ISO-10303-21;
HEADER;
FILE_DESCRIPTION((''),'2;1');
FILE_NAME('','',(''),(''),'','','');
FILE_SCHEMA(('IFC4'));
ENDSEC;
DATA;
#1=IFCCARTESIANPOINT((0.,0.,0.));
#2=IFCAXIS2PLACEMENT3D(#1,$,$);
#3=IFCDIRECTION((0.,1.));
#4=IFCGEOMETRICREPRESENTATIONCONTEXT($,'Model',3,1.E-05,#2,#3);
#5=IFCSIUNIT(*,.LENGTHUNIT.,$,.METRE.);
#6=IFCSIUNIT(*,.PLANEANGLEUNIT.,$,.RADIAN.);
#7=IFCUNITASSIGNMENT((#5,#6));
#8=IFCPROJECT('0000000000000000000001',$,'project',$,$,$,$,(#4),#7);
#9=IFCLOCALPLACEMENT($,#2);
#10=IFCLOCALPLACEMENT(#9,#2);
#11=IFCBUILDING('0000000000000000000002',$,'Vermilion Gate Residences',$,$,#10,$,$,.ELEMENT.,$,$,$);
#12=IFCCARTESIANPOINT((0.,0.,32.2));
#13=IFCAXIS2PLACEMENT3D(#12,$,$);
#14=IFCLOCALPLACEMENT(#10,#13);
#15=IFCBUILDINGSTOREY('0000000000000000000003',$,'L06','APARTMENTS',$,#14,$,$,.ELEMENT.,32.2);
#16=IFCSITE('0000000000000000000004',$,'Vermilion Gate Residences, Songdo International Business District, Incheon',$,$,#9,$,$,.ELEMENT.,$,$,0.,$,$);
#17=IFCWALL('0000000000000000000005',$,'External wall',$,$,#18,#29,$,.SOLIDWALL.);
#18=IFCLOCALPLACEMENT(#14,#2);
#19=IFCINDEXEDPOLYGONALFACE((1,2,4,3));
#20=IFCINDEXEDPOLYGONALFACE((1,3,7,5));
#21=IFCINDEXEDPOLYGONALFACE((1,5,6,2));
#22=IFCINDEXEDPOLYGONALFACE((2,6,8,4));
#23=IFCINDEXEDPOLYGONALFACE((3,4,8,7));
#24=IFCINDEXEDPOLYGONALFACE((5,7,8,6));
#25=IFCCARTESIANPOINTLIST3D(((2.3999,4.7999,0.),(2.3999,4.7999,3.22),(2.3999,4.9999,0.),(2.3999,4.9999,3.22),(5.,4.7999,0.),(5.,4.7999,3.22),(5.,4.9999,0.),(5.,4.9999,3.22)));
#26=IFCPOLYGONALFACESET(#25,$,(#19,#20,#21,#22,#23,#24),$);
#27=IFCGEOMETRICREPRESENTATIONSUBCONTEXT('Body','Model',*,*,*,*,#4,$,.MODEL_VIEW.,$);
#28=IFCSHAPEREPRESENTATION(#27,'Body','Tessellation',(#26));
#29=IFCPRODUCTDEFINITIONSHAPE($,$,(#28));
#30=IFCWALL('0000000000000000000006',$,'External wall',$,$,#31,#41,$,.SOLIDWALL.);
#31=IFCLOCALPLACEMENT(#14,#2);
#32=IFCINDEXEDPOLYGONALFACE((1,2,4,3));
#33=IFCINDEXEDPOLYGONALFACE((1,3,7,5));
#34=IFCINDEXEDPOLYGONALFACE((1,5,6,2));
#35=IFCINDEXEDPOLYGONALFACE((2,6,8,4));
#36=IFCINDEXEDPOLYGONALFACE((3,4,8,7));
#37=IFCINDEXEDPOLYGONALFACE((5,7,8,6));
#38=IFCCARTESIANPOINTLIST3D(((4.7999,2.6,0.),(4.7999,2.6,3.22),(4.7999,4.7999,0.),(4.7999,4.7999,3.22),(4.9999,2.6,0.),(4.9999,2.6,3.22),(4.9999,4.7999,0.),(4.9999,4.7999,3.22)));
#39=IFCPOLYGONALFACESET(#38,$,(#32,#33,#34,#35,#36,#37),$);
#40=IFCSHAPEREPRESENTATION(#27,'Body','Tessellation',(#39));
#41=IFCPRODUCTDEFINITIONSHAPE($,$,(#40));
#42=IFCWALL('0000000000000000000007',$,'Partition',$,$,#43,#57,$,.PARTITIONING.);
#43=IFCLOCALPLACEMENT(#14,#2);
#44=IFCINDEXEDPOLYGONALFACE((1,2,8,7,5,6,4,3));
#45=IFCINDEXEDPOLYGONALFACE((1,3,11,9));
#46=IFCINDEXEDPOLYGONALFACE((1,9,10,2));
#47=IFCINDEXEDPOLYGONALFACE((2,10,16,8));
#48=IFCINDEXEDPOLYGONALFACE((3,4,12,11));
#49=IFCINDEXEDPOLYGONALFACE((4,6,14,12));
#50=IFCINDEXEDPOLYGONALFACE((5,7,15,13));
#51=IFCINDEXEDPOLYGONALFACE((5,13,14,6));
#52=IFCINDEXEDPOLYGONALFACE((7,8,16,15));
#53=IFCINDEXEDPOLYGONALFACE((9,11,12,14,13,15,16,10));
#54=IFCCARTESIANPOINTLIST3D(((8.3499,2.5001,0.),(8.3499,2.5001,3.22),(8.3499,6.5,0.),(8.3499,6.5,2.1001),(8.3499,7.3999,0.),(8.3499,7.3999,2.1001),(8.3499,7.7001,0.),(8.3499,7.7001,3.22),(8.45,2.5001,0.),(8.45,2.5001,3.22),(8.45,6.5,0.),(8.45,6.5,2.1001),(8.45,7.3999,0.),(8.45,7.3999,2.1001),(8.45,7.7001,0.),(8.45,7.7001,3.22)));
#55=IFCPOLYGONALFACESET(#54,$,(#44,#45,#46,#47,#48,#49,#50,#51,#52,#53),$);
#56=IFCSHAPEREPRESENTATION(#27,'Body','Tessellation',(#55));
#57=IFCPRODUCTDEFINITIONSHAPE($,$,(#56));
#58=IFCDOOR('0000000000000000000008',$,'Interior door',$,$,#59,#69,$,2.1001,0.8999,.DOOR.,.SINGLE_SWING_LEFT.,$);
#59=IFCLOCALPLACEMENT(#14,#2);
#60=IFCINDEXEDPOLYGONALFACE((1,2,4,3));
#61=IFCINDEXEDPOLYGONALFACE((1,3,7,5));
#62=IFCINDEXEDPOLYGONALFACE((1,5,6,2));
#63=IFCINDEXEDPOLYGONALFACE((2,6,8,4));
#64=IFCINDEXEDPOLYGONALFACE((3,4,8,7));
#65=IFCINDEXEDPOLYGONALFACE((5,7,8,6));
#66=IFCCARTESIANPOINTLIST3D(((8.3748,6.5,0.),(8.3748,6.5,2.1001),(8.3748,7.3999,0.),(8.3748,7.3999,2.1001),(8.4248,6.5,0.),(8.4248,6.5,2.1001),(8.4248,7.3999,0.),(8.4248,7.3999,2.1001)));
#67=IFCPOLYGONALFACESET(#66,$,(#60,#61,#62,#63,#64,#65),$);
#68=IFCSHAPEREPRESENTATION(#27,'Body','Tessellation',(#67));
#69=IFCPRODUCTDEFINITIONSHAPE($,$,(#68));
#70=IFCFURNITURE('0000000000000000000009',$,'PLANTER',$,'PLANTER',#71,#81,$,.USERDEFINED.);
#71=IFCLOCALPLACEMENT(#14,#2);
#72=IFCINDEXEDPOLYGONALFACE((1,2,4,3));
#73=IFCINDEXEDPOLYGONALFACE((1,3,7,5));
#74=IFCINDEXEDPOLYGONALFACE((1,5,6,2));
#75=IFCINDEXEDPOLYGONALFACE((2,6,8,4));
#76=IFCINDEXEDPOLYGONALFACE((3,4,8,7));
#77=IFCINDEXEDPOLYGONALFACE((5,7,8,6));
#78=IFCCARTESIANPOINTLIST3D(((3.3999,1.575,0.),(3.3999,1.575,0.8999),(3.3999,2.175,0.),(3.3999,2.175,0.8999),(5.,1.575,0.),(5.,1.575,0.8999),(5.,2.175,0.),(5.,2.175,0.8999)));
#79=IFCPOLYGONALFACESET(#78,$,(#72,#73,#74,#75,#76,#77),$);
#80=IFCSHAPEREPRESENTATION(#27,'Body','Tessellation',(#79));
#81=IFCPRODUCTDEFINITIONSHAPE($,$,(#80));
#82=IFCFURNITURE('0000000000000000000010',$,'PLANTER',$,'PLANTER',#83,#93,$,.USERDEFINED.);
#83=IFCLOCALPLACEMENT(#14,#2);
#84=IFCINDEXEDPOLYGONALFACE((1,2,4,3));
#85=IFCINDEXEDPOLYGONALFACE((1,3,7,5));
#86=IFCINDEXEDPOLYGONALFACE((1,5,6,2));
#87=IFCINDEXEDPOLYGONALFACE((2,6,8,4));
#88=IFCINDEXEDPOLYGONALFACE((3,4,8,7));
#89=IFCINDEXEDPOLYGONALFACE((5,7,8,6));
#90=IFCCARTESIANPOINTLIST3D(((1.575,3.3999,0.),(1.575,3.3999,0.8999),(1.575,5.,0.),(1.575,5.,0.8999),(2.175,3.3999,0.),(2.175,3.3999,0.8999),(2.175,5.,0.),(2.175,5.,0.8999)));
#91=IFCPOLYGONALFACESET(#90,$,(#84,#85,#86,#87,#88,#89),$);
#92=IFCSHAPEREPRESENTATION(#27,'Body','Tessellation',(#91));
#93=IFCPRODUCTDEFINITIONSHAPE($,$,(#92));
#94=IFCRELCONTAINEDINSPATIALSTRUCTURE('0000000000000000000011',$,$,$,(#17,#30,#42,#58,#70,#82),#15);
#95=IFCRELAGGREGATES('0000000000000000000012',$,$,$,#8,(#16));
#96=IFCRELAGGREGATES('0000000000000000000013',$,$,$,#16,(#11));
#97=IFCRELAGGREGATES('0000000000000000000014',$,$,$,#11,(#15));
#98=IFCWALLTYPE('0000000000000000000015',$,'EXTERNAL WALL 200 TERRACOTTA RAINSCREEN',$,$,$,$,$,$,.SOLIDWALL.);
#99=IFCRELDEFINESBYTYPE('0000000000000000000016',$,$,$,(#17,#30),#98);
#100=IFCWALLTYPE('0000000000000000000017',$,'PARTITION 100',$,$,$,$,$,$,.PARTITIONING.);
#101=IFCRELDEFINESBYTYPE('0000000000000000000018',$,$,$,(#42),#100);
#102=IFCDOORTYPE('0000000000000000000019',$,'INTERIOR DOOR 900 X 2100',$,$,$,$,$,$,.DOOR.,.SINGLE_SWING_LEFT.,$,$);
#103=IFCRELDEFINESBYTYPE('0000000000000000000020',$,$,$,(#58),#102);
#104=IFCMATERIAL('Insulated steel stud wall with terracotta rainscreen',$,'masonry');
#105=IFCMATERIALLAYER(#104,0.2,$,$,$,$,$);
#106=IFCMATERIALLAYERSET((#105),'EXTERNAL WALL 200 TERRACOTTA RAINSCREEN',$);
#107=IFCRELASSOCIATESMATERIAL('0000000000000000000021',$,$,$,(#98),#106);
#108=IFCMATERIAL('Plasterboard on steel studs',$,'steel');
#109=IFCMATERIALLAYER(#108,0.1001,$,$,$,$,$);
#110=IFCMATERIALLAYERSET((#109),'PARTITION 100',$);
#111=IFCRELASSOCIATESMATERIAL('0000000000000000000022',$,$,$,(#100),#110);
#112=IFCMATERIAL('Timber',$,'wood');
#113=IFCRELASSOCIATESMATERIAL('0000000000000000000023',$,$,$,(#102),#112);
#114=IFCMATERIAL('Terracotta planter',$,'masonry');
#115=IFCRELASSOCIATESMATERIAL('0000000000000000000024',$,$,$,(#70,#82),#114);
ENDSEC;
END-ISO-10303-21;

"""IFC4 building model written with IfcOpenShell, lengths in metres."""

from ifc_helpers import new_model, si_unit, direction, frame, frame_2d, origin, origin_2d, place, context, subcontext, project, spatial, rectangle, extrude, material, layer, layer_set, type_object, element, fill, save


model = new_model("IFC4")

# Units and contexts
model_context = context("Model", 3, precision=1e-05, world=origin(), true_north=direction((0.0, 1.0)))
body_context = subcontext(model_context, "Body", "Model", "MODEL_VIEW")
ifc_project = project(units=[si_unit("LENGTHUNIT", "METRE"), si_unit("PLANEANGLEUNIT", "RADIAN")], contexts=[model_context])

# Site, building, storey
site_placement = place(None, origin())
site = spatial("IfcSite", under=ifc_project, at=site_placement, Name="Vermilion Gate Residences, Songdo International Business District, Incheon", CompositionType="ELEMENT", RefElevation=0.0)
building_placement = place(site_placement, origin())
building = spatial("IfcBuilding", under=site, at=building_placement, Name="Vermilion Gate Residences", CompositionType="ELEMENT")
storey_placement = place(building_placement, frame((0.0, 0.0, 32.2)))
storey = spatial("IfcBuildingStorey", under=building, at=storey_placement, Name="L06", Description="APARTMENTS", CompositionType="ELEMENT", Elevation=32.2)

# Walls
ifc_material_1 = material(Name="Insulated steel stud wall with terracotta rainscreen", Category="masonry")
ifc_layer_1 = layer(ifc_material_1, 0.2)
ifc_layer_set_1 = layer_set([ifc_layer_1], Name="EXTERNAL WALL 200 TERRACOTTA RAINSCREEN")
wall_type_1 = type_object("IfcWallType", Name="EXTERNAL WALL 200 TERRACOTTA RAINSCREEN", PredefinedType="SOLIDWALL", material=ifc_layer_set_1)
wall_1_placement = place(storey_placement, frame((2.3999, 4.8999, 0.0), z_axis=(0.0, 0.0, 1.0), x_axis=(1.0, 0.0, 0.0)))
element("IfcWall", 1, at=wall_1_placement, inside=storey, type_object=wall_type_1, Name="External wall", PredefinedType="SOLIDWALL", context=body_context, shape_type="SweptSolid", body=[
    extrude(rectangle(XDim=2.6001, YDim=0.2, at=frame_2d((1.3, 0.0))), origin(), (0.0, 0.0, 1.0), 3.22),
])
wall_2_placement = place(storey_placement, frame((4.8999, 4.8, 0.0), z_axis=(0.0, 0.0, 1.0), x_axis=(0.0, -1.0, 0.0)))
element("IfcWall", 2, at=wall_2_placement, inside=storey, type_object=wall_type_1, Name="External wall", PredefinedType="SOLIDWALL", context=body_context, shape_type="SweptSolid", body=[
    extrude(rectangle(XDim=2.2, YDim=0.2, at=frame_2d((1.1001, 0.0))), origin(), (0.0, 0.0, 1.0), 3.22),
])

# Wall, opening, door
ifc_material_2 = material(Name="Plasterboard on steel studs", Category="steel")
ifc_layer_2 = layer(ifc_material_2, 0.1001)
ifc_layer_set_2 = layer_set([ifc_layer_2], Name="PARTITION 100")
wall_type_2 = type_object("IfcWallType", Name="PARTITION 100", PredefinedType="PARTITIONING", material=ifc_layer_set_2)
wall_3_placement = place(storey_placement, frame((8.3999, 2.5, 0.0), z_axis=(0.0, 0.0, 1.0), x_axis=(0.0, 1.0, 0.0)))
wall_3 = element("IfcWall", 3, at=wall_3_placement, inside=storey, type_object=wall_type_2, Name="Partition", PredefinedType="PARTITIONING", context=body_context, shape_type="SweptSolid", body=[
    extrude(rectangle(XDim=5.2, YDim=0.1001, at=frame_2d((2.6001, 0.0))), origin(), (0.0, 0.0, 1.0), 3.22),
])
opening_1_placement = place(wall_3_placement, frame((4.0, 0.0, 0.0)))
opening_1 = element("IfcOpeningElement", 4, at=opening_1_placement, cuts=wall_3, PredefinedType="OPENING", context=body_context, shape_type="SweptSolid", body=[
    extrude(rectangle(XDim=0.8999, YDim=2.1001, at=frame_2d((0.45, 1.05))), frame((0.0, 0.0601, 0.0), z_axis=(0.0, -1.0, 0.0), x_axis=(1.0, 0.0, 0.0)), (0.0, 0.0, 1.0), 0.1201),
])
ifc_material_3 = material(Name="Timber", Category="wood")
door_type_1 = type_object("IfcDoorType", Name="INTERIOR DOOR 900 X 2100", OperationType="SINGLE_SWING_LEFT", PredefinedType="DOOR", material=ifc_material_3)
door_1_placement = place(opening_1_placement, frame((0.8999, 0.0, 0.0), z_axis=(0.0, 0.0, 1.0), x_axis=(-1.0, 0.0, 0.0)))
door_1 = element("IfcDoor", 5, at=door_1_placement, inside=storey, type_object=door_type_1, Name="Interior door", OperationType="SINGLE_SWING_LEFT", OverallHeight=2.1001, OverallWidth=0.8999, PredefinedType="DOOR", context=body_context, shape_type="SweptSolid", body=[
    extrude(rectangle(XDim=0.8999, YDim=2.1001, at=frame_2d((0.45, 1.05))), frame((0.0, 0.0249, 0.0), z_axis=(0.0, -1.0, 0.0), x_axis=(1.0, 0.0, 0.0)), (0.0, 0.0, 1.0), 0.05),
])
fill(opening_1, door_1)

# Furniture
ifc_material_4 = material(Name="Terracotta planter", Category="masonry")
for number, where, z_axis, x_axis, name in (
    (6, (4.2, 1.875, 0.0), (0.0, 0.0, 1.0), (1.0, 0.0, 0.0), "PLANTER"),
    (7, (1.875, 4.2, 0.0), (0.0, 0.0, 1.0), (0.0, -1.0, 0.0), "PLANTER"),
):
    element("IfcFurniture", number, at=place(storey_placement, frame(where, z_axis=z_axis, x_axis=x_axis)), inside=storey, material=ifc_material_4, Name=name, ObjectType="PLANTER", PredefinedType="USERDEFINED", context=body_context, shape_type="SweptSolid", body=[
        extrude(rectangle(XDim=1.6001, YDim=0.6001, at=origin_2d()), origin(), (0.0, 0.0, 1.0), 0.8999),
    ])

save(model, "model.ifc")
